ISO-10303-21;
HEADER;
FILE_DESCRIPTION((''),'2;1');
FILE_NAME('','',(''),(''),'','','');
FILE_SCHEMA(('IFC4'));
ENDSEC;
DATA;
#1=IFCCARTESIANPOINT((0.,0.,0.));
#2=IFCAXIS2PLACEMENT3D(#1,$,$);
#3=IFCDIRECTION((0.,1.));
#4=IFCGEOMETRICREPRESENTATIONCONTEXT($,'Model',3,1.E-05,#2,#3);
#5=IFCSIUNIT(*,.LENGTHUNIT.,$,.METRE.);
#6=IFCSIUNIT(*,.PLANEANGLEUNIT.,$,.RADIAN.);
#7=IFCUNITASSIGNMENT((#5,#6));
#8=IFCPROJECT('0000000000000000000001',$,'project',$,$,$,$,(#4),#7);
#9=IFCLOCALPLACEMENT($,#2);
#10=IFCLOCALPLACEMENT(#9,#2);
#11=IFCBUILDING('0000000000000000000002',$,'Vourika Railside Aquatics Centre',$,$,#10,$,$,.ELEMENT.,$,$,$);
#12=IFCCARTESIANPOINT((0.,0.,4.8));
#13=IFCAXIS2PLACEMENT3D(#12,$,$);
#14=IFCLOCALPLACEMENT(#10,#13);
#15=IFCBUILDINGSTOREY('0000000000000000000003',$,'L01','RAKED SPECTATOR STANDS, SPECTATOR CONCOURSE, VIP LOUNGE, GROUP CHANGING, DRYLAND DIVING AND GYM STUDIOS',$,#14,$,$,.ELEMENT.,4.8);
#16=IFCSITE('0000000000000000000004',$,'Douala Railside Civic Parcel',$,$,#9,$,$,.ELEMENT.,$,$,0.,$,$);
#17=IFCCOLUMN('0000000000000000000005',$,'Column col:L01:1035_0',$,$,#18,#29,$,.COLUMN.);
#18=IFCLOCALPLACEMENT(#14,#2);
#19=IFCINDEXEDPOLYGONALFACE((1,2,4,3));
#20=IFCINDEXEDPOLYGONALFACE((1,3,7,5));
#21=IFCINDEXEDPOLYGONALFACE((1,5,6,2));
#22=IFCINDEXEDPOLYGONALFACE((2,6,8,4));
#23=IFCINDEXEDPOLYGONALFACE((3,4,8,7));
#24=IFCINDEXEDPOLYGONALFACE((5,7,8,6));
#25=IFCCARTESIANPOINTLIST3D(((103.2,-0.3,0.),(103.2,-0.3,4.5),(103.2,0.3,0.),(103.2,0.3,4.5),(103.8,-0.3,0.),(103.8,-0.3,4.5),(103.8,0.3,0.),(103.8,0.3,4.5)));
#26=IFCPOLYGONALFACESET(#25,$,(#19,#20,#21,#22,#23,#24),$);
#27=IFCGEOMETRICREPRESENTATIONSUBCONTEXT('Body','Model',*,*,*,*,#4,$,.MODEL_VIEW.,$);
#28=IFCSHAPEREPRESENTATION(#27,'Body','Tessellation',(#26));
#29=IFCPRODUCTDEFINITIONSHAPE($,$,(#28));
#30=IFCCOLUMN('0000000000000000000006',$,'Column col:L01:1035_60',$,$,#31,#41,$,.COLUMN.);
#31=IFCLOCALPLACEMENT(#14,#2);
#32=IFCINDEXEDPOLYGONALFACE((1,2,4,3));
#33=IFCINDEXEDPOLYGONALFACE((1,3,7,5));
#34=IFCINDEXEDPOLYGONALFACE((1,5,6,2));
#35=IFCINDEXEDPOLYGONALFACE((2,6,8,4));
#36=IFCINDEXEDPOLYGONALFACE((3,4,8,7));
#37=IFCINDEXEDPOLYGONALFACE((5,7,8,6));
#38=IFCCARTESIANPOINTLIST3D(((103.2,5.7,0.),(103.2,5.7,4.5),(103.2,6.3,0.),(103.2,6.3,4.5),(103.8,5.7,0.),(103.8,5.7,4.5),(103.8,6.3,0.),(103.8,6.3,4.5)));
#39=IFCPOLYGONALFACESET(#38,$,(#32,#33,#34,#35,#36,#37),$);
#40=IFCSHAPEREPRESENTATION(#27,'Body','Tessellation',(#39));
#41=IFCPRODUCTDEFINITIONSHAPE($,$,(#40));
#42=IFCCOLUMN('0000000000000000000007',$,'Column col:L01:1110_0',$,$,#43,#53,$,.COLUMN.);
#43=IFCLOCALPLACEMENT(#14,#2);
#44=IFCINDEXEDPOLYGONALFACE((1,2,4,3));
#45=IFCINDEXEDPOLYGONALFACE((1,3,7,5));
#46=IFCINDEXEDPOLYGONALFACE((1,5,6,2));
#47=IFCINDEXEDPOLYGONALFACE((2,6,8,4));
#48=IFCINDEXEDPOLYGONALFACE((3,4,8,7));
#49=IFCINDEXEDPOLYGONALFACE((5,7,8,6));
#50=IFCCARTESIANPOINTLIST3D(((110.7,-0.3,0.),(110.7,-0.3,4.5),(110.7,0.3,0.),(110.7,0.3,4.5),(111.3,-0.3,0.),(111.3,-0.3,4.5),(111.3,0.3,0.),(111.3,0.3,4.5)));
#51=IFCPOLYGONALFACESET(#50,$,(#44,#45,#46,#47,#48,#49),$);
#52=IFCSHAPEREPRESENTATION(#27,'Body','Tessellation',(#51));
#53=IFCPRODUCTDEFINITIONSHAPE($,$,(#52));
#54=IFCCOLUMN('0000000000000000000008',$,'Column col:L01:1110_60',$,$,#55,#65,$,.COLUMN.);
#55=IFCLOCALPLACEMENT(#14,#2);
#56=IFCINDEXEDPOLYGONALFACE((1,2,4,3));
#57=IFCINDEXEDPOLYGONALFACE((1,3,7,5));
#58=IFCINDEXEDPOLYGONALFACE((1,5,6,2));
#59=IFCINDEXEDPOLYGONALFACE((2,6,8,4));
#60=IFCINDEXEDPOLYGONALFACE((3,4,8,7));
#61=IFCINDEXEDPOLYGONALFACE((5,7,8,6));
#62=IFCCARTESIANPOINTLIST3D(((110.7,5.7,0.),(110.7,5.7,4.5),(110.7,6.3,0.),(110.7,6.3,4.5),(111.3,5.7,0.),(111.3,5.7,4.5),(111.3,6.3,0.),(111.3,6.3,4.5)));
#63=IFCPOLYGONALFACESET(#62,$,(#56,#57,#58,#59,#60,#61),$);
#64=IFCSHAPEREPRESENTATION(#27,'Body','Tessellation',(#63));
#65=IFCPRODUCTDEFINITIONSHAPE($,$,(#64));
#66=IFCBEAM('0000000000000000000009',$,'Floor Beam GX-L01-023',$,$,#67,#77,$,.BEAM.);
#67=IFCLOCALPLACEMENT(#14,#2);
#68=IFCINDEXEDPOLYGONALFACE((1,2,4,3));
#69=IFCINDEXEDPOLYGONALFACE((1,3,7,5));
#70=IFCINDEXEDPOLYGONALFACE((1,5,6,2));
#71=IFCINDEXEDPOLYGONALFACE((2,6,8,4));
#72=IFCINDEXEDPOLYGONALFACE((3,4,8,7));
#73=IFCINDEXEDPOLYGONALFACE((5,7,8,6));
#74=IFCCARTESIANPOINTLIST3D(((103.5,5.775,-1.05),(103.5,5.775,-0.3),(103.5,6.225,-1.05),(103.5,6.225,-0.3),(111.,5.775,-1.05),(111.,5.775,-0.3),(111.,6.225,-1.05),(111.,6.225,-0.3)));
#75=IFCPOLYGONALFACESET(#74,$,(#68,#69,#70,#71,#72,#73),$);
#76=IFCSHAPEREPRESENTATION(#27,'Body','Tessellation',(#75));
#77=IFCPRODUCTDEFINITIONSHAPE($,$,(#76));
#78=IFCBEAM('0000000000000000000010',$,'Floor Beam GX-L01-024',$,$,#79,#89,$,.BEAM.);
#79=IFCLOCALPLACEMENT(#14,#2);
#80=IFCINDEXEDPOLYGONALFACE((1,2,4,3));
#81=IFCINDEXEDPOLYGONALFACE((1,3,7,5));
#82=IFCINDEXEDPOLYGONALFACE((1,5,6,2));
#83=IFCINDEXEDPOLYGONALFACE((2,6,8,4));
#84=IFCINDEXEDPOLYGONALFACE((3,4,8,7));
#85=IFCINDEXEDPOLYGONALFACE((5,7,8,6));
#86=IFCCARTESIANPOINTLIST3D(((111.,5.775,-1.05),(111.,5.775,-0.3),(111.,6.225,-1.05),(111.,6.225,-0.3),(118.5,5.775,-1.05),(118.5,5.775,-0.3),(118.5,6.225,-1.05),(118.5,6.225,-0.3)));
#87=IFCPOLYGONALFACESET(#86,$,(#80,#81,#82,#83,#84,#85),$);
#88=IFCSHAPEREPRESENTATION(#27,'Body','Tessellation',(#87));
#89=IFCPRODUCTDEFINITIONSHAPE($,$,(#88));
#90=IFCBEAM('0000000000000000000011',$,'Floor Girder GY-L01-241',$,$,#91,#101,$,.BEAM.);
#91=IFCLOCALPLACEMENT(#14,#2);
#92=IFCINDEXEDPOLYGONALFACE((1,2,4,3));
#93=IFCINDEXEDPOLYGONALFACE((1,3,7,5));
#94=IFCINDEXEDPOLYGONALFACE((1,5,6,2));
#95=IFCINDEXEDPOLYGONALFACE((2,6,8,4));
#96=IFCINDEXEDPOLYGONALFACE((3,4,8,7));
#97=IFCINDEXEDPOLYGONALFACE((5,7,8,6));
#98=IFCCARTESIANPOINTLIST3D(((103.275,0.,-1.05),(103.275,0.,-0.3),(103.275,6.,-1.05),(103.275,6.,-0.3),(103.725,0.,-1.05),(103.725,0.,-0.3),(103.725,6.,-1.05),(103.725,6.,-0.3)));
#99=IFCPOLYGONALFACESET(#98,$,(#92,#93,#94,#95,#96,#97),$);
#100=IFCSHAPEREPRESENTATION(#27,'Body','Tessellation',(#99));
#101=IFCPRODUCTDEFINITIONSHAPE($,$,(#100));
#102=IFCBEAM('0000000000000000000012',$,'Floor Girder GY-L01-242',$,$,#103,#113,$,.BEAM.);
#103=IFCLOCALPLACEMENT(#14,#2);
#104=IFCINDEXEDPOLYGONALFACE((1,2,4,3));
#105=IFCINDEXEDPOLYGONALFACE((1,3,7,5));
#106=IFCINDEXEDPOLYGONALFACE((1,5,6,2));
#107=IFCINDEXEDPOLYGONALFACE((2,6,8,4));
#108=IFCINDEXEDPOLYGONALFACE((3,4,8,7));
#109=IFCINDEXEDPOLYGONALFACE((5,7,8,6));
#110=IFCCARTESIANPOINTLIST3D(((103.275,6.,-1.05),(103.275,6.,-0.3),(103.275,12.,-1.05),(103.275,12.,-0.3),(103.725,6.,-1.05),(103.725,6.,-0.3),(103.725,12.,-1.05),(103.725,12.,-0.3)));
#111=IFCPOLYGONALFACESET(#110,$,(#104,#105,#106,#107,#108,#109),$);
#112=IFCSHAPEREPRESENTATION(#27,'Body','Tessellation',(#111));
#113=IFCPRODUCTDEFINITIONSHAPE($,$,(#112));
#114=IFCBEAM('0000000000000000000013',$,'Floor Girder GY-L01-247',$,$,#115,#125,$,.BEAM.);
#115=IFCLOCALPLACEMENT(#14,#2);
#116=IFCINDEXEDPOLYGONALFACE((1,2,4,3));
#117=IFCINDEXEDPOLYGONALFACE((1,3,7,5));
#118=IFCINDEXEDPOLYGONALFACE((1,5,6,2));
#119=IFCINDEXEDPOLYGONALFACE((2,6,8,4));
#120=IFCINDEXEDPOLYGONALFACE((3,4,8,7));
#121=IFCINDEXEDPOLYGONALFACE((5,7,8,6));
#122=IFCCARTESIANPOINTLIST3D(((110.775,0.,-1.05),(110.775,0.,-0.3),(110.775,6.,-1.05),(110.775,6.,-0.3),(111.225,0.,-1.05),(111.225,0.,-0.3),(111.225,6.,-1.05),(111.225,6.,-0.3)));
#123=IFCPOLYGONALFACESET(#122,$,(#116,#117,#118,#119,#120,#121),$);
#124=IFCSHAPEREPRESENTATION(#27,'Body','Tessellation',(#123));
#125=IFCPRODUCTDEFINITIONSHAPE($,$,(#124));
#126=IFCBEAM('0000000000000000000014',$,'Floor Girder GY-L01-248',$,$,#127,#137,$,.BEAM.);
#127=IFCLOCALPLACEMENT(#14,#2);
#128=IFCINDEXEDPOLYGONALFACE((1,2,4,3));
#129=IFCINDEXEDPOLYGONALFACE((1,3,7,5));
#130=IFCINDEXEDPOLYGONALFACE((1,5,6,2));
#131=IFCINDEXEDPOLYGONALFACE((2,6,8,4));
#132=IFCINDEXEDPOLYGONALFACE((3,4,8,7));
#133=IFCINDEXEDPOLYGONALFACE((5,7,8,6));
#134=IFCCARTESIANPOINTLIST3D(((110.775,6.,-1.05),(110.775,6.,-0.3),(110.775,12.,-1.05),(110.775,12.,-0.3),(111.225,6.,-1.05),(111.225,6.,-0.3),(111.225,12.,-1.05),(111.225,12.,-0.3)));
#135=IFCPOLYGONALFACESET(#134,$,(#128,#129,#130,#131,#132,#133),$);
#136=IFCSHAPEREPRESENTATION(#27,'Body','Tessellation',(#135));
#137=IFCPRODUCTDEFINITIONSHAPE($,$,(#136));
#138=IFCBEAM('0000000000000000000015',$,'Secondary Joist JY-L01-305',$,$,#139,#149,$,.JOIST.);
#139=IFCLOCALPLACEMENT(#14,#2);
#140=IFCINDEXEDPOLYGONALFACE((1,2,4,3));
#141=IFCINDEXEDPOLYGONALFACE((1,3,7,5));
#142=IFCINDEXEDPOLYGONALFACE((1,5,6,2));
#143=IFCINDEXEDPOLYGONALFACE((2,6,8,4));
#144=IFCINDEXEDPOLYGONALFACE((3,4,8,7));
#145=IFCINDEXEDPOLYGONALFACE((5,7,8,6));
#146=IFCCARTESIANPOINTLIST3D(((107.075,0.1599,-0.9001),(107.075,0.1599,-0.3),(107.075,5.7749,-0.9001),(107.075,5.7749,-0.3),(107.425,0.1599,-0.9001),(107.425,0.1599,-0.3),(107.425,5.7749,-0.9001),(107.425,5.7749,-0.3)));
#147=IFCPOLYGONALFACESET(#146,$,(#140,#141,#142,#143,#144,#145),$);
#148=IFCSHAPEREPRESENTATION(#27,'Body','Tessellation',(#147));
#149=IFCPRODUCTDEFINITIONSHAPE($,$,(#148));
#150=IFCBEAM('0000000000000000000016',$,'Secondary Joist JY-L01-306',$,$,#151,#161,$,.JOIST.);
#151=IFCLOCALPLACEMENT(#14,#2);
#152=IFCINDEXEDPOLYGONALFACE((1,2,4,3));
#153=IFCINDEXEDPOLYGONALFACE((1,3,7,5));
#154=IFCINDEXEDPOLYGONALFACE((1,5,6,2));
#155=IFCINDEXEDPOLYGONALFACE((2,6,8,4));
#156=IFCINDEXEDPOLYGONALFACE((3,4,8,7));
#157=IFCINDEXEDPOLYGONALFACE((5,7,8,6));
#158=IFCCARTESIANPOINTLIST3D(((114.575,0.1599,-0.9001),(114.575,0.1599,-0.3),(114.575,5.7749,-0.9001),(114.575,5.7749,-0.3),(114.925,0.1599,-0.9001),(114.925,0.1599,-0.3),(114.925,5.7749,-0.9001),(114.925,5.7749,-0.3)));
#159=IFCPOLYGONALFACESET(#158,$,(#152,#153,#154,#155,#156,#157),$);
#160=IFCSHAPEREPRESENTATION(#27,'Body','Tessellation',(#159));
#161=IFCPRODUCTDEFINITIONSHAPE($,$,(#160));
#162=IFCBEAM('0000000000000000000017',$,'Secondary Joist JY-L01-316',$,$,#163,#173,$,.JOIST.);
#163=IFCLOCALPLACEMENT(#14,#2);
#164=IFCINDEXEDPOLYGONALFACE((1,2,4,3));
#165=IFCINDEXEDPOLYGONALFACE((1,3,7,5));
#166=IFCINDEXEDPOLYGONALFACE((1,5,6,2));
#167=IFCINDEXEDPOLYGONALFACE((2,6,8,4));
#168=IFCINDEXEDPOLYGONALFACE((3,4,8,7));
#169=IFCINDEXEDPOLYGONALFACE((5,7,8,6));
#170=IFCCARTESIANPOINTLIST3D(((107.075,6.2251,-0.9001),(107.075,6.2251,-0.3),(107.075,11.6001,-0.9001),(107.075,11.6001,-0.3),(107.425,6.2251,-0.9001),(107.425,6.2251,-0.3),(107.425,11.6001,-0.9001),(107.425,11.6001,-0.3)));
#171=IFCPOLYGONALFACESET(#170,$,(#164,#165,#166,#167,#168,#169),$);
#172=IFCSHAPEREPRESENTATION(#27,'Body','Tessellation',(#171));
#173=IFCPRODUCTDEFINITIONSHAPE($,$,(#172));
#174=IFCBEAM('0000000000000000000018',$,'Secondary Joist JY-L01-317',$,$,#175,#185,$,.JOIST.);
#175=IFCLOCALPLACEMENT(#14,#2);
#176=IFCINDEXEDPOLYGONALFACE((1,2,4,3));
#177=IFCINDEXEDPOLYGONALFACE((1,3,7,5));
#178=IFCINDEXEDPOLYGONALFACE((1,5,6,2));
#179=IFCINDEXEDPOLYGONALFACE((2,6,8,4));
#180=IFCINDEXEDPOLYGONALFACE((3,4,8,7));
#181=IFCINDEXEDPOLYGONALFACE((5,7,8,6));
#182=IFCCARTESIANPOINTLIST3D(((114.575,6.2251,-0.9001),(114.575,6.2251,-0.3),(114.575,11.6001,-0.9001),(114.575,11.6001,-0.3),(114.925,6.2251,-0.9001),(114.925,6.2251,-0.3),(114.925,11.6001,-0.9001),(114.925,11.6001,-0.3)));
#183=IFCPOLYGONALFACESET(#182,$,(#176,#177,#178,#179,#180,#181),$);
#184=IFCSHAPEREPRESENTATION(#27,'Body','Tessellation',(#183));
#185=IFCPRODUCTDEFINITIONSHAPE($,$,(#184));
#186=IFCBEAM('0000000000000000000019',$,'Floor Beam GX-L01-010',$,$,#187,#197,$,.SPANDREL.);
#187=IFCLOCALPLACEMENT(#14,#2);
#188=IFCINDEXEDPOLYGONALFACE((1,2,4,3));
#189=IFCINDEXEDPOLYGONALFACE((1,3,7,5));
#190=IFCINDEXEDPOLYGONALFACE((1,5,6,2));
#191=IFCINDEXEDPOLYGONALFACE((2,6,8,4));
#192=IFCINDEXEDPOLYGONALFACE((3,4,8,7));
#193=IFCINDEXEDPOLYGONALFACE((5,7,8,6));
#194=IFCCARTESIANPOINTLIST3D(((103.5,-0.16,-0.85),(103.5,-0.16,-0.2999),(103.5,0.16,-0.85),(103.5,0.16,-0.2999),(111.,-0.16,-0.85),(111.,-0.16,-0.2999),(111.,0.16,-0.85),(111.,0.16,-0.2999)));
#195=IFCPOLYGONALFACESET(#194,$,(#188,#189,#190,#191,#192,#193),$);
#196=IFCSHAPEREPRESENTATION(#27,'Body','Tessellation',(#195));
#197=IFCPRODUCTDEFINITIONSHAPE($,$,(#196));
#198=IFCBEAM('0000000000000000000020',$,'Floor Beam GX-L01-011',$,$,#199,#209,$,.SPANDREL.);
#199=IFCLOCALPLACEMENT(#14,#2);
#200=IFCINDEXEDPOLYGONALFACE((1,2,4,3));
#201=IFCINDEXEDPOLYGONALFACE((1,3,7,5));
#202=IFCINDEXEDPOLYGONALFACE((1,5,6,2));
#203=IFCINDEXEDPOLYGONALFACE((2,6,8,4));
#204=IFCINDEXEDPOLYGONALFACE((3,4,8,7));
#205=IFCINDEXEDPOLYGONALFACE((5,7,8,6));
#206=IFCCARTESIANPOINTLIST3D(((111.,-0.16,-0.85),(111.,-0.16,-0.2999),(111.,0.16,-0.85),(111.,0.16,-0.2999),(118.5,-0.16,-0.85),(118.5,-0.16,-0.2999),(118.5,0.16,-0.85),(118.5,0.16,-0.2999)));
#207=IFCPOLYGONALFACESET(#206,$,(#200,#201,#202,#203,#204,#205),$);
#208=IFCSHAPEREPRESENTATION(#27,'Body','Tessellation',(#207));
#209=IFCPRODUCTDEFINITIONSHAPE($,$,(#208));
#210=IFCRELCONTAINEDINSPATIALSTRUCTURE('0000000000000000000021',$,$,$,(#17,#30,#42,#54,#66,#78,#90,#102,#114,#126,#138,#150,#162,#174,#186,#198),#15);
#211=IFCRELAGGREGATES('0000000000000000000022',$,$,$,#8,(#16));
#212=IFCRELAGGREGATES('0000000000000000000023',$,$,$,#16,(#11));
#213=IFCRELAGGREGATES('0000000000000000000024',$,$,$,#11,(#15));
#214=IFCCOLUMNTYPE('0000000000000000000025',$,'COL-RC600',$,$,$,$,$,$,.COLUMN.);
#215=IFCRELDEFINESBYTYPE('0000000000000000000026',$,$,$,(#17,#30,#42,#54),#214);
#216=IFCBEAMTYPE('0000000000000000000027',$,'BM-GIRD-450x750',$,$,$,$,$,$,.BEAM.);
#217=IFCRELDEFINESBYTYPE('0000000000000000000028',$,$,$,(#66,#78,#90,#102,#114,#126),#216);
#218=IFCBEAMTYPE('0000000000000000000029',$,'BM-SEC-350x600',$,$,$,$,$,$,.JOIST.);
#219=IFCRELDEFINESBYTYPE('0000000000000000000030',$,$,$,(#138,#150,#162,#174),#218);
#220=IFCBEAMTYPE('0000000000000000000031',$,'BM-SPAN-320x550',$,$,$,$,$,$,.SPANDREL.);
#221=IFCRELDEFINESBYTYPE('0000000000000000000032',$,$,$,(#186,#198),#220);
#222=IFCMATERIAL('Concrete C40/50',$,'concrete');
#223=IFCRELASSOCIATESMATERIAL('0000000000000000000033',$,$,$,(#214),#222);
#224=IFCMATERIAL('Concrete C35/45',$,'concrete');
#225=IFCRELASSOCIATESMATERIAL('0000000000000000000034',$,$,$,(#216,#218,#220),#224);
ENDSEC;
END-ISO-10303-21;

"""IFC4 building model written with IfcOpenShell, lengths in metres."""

from ifc_helpers import new_model, si_unit, direction, frame, origin, origin_2d, place, context, subcontext, project, spatial, rectangle, extrude, material, material_profile, profile_set, type_object, element, save


model = new_model("IFC4")

# Units and contexts
model_context = context("Model", 3, precision=1e-05, world=origin(), true_north=direction((0.0, 1.0)))
body_context = subcontext(model_context, "Body", "Model", "MODEL_VIEW")
ifc_project = project(units=[si_unit("LENGTHUNIT", "METRE"), si_unit("PLANEANGLEUNIT", "RADIAN")], contexts=[model_context])

# Site, building, storey
site_placement = place(None, origin())
site = spatial("IfcSite", under=ifc_project, at=site_placement, Name="Douala Railside Civic Parcel", CompositionType="ELEMENT", RefElevation=0.0)
building_placement = place(site_placement, origin())
building = spatial("IfcBuilding", under=site, at=building_placement, Name="Vourika Railside Aquatics Centre", CompositionType="ELEMENT")
storey_placement = place(building_placement, frame((0.0, 0.0, 4.8)))
storey = spatial("IfcBuildingStorey", under=building, at=storey_placement, Name="L01", Description="RAKED SPECTATOR STANDS, SPECTATOR CONCOURSE, VIP LOUNGE, GROUP CHANGING, DRYLAND DIVING AND GYM STUDIOS", CompositionType="ELEMENT", Elevation=4.8)

# Columns
ifc_material_1 = material(Name="Concrete C40/50", Category="concrete")
ifc_material_profile_1 = material_profile(ifc_material_1, rectangle(XDim=0.6001, YDim=0.6001, at=origin_2d()), Name="RC 600x600")
ifc_profile_set_1 = profile_set([ifc_material_profile_1], Name="Concrete C40/50")
column_type = type_object("IfcColumnType", Name="COL-RC600", PredefinedType="COLUMN", material=ifc_profile_set_1)
for number, where, z_axis, x_axis, name in (
    (1, (103.5, 0.0, 0.0), (0.0, 0.0, 1.0), (1.0, 0.0, 0.0), "Column col:L01:1035_0"),
    (2, (103.5, 6.0, 0.0), (0.0, 0.0, 1.0), (1.0, 0.0, 0.0), "Column col:L01:1035_60"),
    (3, (111.0, 0.0, 0.0), (0.0, 0.0, 1.0), (1.0, 0.0, 0.0), "Column col:L01:1110_0"),
    (4, (111.0, 6.0, 0.0), (0.0, 0.0, 1.0), (1.0, 0.0, 0.0), "Column col:L01:1110_60"),
):
    element("IfcColumn", number, at=place(storey_placement, frame(where, z_axis=z_axis, x_axis=x_axis)), inside=storey, type_object=column_type, Name=name, PredefinedType="COLUMN", context=body_context, shape_type="SweptSolid", body=[
        extrude(rectangle(XDim=0.6001, YDim=0.6001, at=origin_2d()), origin(), (0.0, 0.0, 1.0), 4.5),
    ])

# Beams
ifc_material_2 = material(Name="Concrete C35/45", Category="concrete")
ifc_material_profile_2 = material_profile(ifc_material_2, rectangle(XDim=0.45, YDim=0.75, at=origin_2d()), Name="RC 450x750")
ifc_profile_set_2 = profile_set([ifc_material_profile_2], Name="Concrete C35/45")
beam_type_1 = type_object("IfcBeamType", Name="BM-GIRD-450x750", PredefinedType="BEAM", material=ifc_profile_set_2)
for number, where, z_axis, x_axis, name in (
    (5, (103.5, 6.0, -0.675), (1.0, 0.0, 0.0), (0.0, 1.0, 0.0), "Floor Beam GX-L01-023"),
    (6, (111.0, 6.0, -0.675), (1.0, 0.0, 0.0), (0.0, 1.0, 0.0), "Floor Beam GX-L01-024"),
):
    element("IfcBeam", number, at=place(storey_placement, frame(where, z_axis=z_axis, x_axis=x_axis)), inside=storey, type_object=beam_type_1, Name=name, PredefinedType="BEAM", context=body_context, shape_type="SweptSolid", body=[
        extrude(rectangle(XDim=0.45, YDim=0.75, at=origin_2d()), origin(), (0.0, 0.0, 1.0), 7.5),
    ])
for number, where, z_axis, x_axis, name in (
    (7, (103.5, 0.0, -0.675), (0.0, 1.0, 0.0), (-1.0, 0.0, 0.0), "Floor Girder GY-L01-241"),
    (8, (103.5, 6.0, -0.675), (0.0, 1.0, 0.0), (-1.0, 0.0, 0.0), "Floor Girder GY-L01-242"),
    (9, (111.0, 0.0, -0.675), (0.0, 1.0, 0.0), (-1.0, 0.0, 0.0), "Floor Girder GY-L01-247"),
    (10, (111.0, 6.0, -0.675), (0.0, 1.0, 0.0), (-1.0, 0.0, 0.0), "Floor Girder GY-L01-248"),
):
    element("IfcBeam", number, at=place(storey_placement, frame(where, z_axis=z_axis, x_axis=x_axis)), inside=storey, type_object=beam_type_1, Name=name, PredefinedType="BEAM", context=body_context, shape_type="SweptSolid", body=[
        extrude(rectangle(XDim=0.45, YDim=0.75, at=origin_2d()), origin(), (0.0, 0.0, 1.0), 6.0),
    ])
ifc_material_profile_3 = material_profile(ifc_material_2, rectangle(XDim=0.3501, YDim=0.6001, at=origin_2d()), Name="RC 350x600")
ifc_profile_set_3 = profile_set([ifc_material_profile_3], Name="Concrete C35/45")
beam_type_2 = type_object("IfcBeamType", Name="BM-SEC-350x600", PredefinedType="JOIST", material=ifc_profile_set_3)
for number, where, z_axis, x_axis, name in (
    (11, (107.25, 0.1599, -0.6001), (0.0, 1.0, 0.0), (-1.0, 0.0, 0.0), "Secondary Joist JY-L01-305"),
    (12, (114.75, 0.1599, -0.6001), (0.0, 1.0, 0.0), (-1.0, 0.0, 0.0), "Secondary Joist JY-L01-306"),
):
    element("IfcBeam", number, at=place(storey_placement, frame(where, z_axis=z_axis, x_axis=x_axis)), inside=storey, type_object=beam_type_2, Name=name, PredefinedType="JOIST", context=body_context, shape_type="SweptSolid", body=[
        extrude(rectangle(XDim=0.3501, YDim=0.6001, at=origin_2d()), origin(), (0.0, 0.0, 1.0), 5.615),
    ])
for number, where, z_axis, x_axis, name in (
    (13, (107.25, 6.2251, -0.6001), (0.0, 1.0, 0.0), (-1.0, 0.0, 0.0), "Secondary Joist JY-L01-316"),
    (14, (114.75, 6.2251, -0.6001), (0.0, 1.0, 0.0), (-1.0, 0.0, 0.0), "Secondary Joist JY-L01-317"),
):
    element("IfcBeam", number, at=place(storey_placement, frame(where, z_axis=z_axis, x_axis=x_axis)), inside=storey, type_object=beam_type_2, Name=name, PredefinedType="JOIST", context=body_context, shape_type="SweptSolid", body=[
        extrude(rectangle(XDim=0.3501, YDim=0.6001, at=origin_2d()), origin(), (0.0, 0.0, 1.0), 5.375),
    ])
ifc_material_profile_4 = material_profile(ifc_material_2, rectangle(XDim=0.3201, YDim=0.55, at=origin_2d()), Name="RC 320x550")
ifc_profile_set_4 = profile_set([ifc_material_profile_4], Name="Concrete C35/45")
beam_type_3 = type_object("IfcBeamType", Name="BM-SPAN-320x550", PredefinedType="SPANDREL", material=ifc_profile_set_4)
for number, where, z_axis, x_axis, name in (
    (15, (103.5, 0.0, -0.575), (1.0, 0.0, 0.0), (0.0, 1.0, 0.0), "Floor Beam GX-L01-010"),
    (16, (111.0, 0.0, -0.575), (1.0, 0.0, 0.0), (0.0, 1.0, 0.0), "Floor Beam GX-L01-011"),
):
    element("IfcBeam", number, at=place(storey_placement, frame(where, z_axis=z_axis, x_axis=x_axis)), inside=storey, type_object=beam_type_3, Name=name, PredefinedType="SPANDREL", context=body_context, shape_type="SweptSolid", body=[
        extrude(rectangle(XDim=0.3201, YDim=0.55, at=origin_2d()), origin(), (0.0, 0.0, 1.0), 7.5),
    ])

save(model, "model.ifc")
